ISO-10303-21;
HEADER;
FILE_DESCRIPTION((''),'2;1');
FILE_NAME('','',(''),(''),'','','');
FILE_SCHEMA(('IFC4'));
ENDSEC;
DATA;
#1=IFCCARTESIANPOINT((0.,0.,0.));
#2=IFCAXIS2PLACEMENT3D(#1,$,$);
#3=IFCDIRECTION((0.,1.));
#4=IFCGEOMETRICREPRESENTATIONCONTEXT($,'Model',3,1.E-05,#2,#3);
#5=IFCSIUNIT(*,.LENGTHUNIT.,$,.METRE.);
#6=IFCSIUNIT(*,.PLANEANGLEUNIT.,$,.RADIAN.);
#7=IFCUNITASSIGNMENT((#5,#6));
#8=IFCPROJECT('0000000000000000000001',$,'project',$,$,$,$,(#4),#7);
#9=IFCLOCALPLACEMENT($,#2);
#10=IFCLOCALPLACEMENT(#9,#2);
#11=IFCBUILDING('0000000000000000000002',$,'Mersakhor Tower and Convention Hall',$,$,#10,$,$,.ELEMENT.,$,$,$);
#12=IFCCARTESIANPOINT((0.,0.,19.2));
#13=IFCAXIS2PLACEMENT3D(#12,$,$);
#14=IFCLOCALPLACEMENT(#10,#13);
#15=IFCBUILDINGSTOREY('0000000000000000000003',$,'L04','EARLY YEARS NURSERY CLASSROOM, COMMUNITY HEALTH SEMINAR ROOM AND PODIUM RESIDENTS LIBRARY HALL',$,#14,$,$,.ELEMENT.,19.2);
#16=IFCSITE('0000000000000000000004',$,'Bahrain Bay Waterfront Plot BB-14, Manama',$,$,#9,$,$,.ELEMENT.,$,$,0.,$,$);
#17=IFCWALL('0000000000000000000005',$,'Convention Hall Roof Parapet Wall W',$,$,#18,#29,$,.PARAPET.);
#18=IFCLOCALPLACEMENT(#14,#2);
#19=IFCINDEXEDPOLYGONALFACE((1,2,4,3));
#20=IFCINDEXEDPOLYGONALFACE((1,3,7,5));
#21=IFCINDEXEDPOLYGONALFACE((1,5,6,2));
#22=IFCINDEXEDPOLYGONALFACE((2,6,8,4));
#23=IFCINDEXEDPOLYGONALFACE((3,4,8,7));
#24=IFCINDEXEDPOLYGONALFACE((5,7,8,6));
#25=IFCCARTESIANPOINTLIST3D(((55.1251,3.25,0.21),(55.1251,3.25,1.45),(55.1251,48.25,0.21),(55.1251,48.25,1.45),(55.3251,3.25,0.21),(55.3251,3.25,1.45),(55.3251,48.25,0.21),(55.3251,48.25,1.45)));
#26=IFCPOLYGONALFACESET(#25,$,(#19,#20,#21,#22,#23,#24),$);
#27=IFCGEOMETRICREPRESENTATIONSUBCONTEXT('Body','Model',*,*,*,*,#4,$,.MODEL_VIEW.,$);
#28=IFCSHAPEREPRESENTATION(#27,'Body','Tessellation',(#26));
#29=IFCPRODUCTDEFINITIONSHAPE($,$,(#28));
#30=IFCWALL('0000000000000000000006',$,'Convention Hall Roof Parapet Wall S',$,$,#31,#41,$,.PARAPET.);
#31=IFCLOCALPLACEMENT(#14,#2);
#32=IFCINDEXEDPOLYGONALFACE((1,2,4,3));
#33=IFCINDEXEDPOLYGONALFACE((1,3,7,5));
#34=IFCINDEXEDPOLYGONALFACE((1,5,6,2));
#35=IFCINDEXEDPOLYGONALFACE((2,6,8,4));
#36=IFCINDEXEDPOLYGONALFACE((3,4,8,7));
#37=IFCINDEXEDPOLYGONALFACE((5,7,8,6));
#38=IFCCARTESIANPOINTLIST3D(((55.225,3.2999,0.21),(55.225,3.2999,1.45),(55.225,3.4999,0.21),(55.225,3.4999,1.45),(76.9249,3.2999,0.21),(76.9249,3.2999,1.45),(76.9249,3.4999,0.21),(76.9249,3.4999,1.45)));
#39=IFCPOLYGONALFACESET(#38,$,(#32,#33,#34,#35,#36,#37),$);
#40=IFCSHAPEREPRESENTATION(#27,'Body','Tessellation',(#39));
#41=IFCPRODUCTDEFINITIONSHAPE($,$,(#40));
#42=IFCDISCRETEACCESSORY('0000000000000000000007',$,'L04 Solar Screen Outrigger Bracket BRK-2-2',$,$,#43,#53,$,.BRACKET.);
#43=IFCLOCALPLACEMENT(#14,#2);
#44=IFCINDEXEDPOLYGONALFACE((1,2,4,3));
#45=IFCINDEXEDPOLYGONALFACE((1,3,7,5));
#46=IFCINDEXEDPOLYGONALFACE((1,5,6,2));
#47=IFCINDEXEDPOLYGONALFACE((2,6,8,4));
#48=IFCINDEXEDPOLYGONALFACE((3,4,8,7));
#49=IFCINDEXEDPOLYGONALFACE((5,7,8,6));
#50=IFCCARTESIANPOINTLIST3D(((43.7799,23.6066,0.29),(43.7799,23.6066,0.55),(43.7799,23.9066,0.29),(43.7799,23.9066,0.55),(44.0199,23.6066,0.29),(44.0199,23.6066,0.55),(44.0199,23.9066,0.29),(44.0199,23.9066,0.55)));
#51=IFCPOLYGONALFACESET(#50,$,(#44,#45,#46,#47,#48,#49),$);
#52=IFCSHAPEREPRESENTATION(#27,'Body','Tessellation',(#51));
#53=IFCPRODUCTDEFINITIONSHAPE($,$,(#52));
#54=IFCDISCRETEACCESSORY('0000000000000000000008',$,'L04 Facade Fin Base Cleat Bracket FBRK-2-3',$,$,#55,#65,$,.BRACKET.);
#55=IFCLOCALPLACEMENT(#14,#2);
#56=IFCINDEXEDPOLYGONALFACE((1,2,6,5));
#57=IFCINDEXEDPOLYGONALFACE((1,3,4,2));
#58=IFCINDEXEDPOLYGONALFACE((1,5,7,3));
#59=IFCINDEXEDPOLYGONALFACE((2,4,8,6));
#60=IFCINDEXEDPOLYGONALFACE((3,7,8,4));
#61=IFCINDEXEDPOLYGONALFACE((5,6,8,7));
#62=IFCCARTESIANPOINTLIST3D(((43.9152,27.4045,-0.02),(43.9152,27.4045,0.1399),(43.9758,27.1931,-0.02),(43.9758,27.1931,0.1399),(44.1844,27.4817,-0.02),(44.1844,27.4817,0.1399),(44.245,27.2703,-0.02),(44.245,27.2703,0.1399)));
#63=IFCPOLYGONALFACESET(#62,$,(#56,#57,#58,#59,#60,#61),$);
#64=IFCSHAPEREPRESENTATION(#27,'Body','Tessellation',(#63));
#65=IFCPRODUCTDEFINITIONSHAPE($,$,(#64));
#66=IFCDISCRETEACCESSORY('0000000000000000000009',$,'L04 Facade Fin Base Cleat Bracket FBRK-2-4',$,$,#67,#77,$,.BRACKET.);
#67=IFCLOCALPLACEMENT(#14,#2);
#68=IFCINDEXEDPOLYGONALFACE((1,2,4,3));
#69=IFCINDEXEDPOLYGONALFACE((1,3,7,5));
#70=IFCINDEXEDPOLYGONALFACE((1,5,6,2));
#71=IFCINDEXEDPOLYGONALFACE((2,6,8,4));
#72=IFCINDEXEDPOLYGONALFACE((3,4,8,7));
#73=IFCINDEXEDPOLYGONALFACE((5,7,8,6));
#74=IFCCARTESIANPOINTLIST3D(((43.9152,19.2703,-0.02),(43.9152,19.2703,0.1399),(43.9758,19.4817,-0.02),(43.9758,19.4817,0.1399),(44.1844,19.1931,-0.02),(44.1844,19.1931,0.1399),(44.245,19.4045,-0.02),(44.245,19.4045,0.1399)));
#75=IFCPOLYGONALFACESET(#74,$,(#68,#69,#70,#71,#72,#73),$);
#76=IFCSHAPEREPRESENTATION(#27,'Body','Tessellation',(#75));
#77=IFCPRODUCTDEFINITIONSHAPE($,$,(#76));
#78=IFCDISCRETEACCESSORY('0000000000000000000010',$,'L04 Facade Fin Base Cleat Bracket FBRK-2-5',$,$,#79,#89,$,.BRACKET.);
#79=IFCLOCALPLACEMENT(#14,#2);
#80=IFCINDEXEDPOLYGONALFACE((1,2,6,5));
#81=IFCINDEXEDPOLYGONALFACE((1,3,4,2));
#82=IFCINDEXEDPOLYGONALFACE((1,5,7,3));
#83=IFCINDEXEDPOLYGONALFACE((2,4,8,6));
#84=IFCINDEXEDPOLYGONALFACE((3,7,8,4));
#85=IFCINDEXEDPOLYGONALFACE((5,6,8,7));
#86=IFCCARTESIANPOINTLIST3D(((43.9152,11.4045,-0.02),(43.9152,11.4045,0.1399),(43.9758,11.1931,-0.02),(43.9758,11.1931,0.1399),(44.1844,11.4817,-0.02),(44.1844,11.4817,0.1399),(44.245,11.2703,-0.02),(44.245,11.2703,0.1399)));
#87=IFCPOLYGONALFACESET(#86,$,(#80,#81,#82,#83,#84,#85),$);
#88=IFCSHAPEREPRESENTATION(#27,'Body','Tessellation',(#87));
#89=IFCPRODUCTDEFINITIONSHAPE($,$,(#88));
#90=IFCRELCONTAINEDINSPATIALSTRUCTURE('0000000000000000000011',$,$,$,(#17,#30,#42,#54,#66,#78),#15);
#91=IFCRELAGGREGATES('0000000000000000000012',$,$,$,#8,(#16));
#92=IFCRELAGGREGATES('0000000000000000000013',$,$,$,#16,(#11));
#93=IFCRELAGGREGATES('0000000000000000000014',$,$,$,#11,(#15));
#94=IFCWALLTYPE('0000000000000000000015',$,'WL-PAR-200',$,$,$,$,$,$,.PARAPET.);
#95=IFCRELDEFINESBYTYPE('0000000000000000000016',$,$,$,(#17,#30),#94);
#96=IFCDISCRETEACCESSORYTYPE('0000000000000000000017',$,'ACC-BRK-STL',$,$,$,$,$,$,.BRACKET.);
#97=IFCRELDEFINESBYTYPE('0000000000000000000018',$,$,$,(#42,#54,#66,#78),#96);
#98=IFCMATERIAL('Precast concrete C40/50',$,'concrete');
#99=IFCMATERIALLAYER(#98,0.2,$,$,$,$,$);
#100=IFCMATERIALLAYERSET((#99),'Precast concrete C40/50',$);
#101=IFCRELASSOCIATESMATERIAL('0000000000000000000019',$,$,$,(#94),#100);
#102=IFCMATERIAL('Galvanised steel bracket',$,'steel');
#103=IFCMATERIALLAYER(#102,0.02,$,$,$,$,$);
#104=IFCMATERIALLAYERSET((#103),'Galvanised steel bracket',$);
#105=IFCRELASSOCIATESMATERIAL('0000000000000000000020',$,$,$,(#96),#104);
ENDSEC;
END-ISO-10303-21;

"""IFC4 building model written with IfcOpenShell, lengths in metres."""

from ifc_helpers import new_model, si_unit, direction, frame, frame_2d, origin, origin_2d, place, context, subcontext, project, spatial, rectangle, extrude, material, layer, layer_set, type_object, element, save


model = new_model("IFC4")

# Units and contexts
model_context = context("Model", 3, precision=1e-05, world=origin(), true_north=direction((0.0, 1.0)))
body_context = subcontext(model_context, "Body", "Model", "MODEL_VIEW")
ifc_project = project(units=[si_unit("LENGTHUNIT", "METRE"), si_unit("PLANEANGLEUNIT", "RADIAN")], contexts=[model_context])

# Site, building, storey
site_placement = place(None, origin())
site = spatial("IfcSite", under=ifc_project, at=site_placement, Name="Bahrain Bay Waterfront Plot BB-14, Manama", CompositionType="ELEMENT", RefElevation=0.0)
building_placement = place(site_placement, origin())
building = spatial("IfcBuilding", under=site, at=building_placement, Name="Mersakhor Tower and Convention Hall", CompositionType="ELEMENT")
storey_placement = place(building_placement, frame((0.0, 0.0, 19.2)))
storey = spatial("IfcBuildingStorey", under=building, at=storey_placement, Name="L04", Description="EARLY YEARS NURSERY CLASSROOM, COMMUNITY HEALTH SEMINAR ROOM AND PODIUM RESIDENTS LIBRARY HALL", CompositionType="ELEMENT", Elevation=19.2)

# Walls
ifc_material_1 = material(Name="Precast concrete C40/50", Category="concrete")
ifc_layer_1 = layer(ifc_material_1, 0.2)
ifc_layer_set_1 = layer_set([ifc_layer_1], Name="Precast concrete C40/50")
wall_type = type_object("IfcWallType", Name="WL-PAR-200", PredefinedType="PARAPET", material=ifc_layer_set_1)
wall_1_placement = place(storey_placement, frame((55.2251, 3.25, 0.21), z_axis=(0.0, 0.0, 1.0), x_axis=(0.0, 1.0, 0.0)))
element("IfcWall", 1, at=wall_1_placement, inside=storey, type_object=wall_type, Name="Convention Hall Roof Parapet Wall W", PredefinedType="PARAPET", context=body_context, shape_type="SweptSolid", body=[
    extrude(rectangle(XDim=45.0, YDim=0.2, at=frame_2d((22.5, 0.0))), origin(), (0.0, 0.0, 1.0), 1.24),
])
wall_2_placement = place(storey_placement, frame((76.925, 3.3999, 0.21), z_axis=(0.0, 0.0, 1.0), x_axis=(-1.0, 0.0, 0.0)))
element("IfcWall", 2, at=wall_2_placement, inside=storey, type_object=wall_type, Name="Convention Hall Roof Parapet Wall S", PredefinedType="PARAPET", context=body_context, shape_type="SweptSolid", body=[
    extrude(rectangle(XDim=21.7, YDim=0.2, at=frame_2d((10.8501, 0.0))), origin(), (0.0, 0.0, 1.0), 1.24),
])

# Discrete accessories
ifc_material_2 = material(Name="Galvanised steel bracket", Category="steel")
ifc_layer_2 = layer(ifc_material_2, 0.02)
ifc_layer_set_2 = layer_set([ifc_layer_2], Name="Galvanised steel bracket")
discrete_accessory_type = type_object("IfcDiscreteAccessoryType", Name="ACC-BRK-STL", PredefinedType="BRACKET", material=ifc_layer_set_2)
discrete_accessory_placement = place(storey_placement, frame((43.8999, 23.7566, 0.29), z_axis=(0.0, 0.0, 1.0), x_axis=(0.0, -1.0, 0.0)))
element("IfcDiscreteAccessory", 3, at=discrete_accessory_placement, inside=storey, type_object=discrete_accessory_type, Name="L04 Solar Screen Outrigger Bracket BRK-2-2", PredefinedType="BRACKET", context=body_context, shape_type="SweptSolid", body=[
    extrude(rectangle(XDim=0.3, YDim=0.24, at=origin_2d()), origin(), (0.0, 0.0, 1.0), 0.26),
])
for number, where, z_axis, x_axis, name in (
    (4, (44.0801, 27.3374, -0.02), (0.0, 0.0, 1.0), (0.961262, 0.275637, 0.0), "L04 Facade Fin Base Cleat Bracket FBRK-2-3"),
    (5, (44.0801, 19.3374, -0.02), (0.0, 0.0, 1.0), (0.961262, -0.275637, 0.0), "L04 Facade Fin Base Cleat Bracket FBRK-2-4"),
    (6, (44.0801, 11.3374, -0.02), (0.0, 0.0, 1.0), (0.961262, 0.275637, 0.0), "L04 Facade Fin Base Cleat Bracket FBRK-2-5"),
):
    element("IfcDiscreteAccessory", number, at=place(storey_placement, frame(where, z_axis=z_axis, x_axis=x_axis)), inside=storey, type_object=discrete_accessory_type, Name=name, PredefinedType="BRACKET", context=body_context, shape_type="SweptSolid", body=[
        extrude(rectangle(XDim=0.28, YDim=0.22, at=origin_2d()), origin(), (0.0, 0.0, 1.0), 0.1599),
    ])

save(model, "model.ifc")
